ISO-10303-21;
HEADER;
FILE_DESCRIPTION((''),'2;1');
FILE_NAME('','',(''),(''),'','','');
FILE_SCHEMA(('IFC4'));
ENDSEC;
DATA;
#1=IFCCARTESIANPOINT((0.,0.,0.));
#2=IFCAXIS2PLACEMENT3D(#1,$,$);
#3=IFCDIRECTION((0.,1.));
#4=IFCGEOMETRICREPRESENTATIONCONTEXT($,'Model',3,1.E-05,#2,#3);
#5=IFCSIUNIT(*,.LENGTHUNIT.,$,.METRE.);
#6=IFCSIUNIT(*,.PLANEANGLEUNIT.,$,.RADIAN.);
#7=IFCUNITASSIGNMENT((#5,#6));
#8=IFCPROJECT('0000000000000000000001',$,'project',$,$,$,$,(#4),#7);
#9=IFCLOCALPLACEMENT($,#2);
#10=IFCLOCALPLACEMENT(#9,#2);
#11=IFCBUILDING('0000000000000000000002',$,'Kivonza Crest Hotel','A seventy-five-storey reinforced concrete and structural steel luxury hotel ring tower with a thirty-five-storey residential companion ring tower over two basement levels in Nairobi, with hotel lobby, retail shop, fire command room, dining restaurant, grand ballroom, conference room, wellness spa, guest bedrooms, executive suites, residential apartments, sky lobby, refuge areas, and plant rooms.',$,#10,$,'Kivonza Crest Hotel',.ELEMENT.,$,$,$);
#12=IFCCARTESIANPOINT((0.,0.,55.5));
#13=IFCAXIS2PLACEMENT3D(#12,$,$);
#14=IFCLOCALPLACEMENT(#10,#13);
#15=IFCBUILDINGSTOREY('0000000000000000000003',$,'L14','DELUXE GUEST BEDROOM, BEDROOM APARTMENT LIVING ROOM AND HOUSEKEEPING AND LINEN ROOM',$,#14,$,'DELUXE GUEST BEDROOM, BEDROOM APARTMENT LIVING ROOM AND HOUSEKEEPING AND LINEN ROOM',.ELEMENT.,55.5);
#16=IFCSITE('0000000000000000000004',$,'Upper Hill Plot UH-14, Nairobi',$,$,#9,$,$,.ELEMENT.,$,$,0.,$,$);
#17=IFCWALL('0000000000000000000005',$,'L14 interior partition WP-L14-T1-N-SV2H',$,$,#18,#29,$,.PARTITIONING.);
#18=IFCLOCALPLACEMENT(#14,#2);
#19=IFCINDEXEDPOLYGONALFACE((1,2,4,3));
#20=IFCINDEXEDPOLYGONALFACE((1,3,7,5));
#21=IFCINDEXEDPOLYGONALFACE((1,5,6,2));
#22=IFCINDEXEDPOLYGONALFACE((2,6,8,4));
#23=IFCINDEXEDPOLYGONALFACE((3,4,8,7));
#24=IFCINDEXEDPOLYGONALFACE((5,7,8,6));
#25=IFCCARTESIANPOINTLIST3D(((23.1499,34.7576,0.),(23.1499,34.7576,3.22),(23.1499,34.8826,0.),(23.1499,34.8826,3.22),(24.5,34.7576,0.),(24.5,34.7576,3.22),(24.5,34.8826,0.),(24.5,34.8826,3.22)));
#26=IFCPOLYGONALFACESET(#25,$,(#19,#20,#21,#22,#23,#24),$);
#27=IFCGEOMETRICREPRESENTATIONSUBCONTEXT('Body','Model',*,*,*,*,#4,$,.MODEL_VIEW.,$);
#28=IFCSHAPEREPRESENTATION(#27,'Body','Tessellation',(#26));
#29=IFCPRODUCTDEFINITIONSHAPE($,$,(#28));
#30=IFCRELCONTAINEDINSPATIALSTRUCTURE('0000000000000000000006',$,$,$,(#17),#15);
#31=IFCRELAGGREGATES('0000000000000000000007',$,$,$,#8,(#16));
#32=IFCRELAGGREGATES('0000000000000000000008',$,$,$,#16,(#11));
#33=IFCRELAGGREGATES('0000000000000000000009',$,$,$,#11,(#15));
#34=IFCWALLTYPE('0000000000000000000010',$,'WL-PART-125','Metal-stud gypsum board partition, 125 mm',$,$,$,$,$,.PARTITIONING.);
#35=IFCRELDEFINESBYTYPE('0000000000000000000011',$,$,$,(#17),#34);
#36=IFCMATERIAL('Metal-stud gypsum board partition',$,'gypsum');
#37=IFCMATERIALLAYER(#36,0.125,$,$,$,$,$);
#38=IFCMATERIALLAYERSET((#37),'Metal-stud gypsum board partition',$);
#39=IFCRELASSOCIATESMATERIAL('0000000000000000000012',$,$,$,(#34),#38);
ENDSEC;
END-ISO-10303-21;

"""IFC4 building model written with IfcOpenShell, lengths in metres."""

from ifc_helpers import new_model, si_unit, direction, frame, frame_2d, origin, place, context, subcontext, project, spatial, rectangle, extrude, material, layer, layer_set, type_object, element, save


model = new_model("IFC4")

# Units and contexts
model_context = context("Model", 3, precision=1e-05, world=origin(), true_north=direction((0.0, 1.0)))
body_context = subcontext(model_context, "Body", "Model", "MODEL_VIEW")
ifc_project = project(units=[si_unit("LENGTHUNIT", "METRE"), si_unit("PLANEANGLEUNIT", "RADIAN")], contexts=[model_context])

# Site, building, storey
site_placement = place(None, origin())
site = spatial("IfcSite", under=ifc_project, at=site_placement, Name="Upper Hill Plot UH-14, Nairobi", CompositionType="ELEMENT", RefElevation=0.0)
building_placement = place(site_placement, origin())
building = spatial("IfcBuilding", under=site, at=building_placement, Name="Kivonza Crest Hotel", Description="A seventy-five-storey reinforced concrete and structural steel luxury hotel ring tower with a thirty-five-storey residential companion ring tower over two basement levels in Nairobi, with hotel lobby, retail shop, fire command room, dining restaurant, grand ballroom, conference room, wellness spa, guest bedrooms, executive suites, residential apartments, sky lobby, refuge areas, and plant rooms.", LongName="Kivonza Crest Hotel", CompositionType="ELEMENT")
storey_placement = place(building_placement, frame((0.0, 0.0, 55.5)))
storey = spatial("IfcBuildingStorey", under=building, at=storey_placement, Name="L14", Description="DELUXE GUEST BEDROOM, BEDROOM APARTMENT LIVING ROOM AND HOUSEKEEPING AND LINEN ROOM", LongName="DELUXE GUEST BEDROOM, BEDROOM APARTMENT LIVING ROOM AND HOUSEKEEPING AND LINEN ROOM", CompositionType="ELEMENT", Elevation=55.5)

# Wall
ifc_material_1 = material(Name="Metal-stud gypsum board partition", Category="gypsum")
ifc_layer_1 = layer(ifc_material_1, 0.125)
ifc_layer_set_1 = layer_set([ifc_layer_1], Name="Metal-stud gypsum board partition")
wall_type_1 = type_object("IfcWallType", Name="WL-PART-125", Description="Metal-stud gypsum board partition, 125 mm", PredefinedType="PARTITIONING", material=ifc_layer_set_1)
wall_1_placement = place(storey_placement, frame((23.1499, 34.8201, 0.0), z_axis=(0.0, 0.0, 1.0), x_axis=(1.0, 0.0, 0.0)))
element("IfcWall", 1, at=wall_1_placement, inside=storey, type_object=wall_type_1, Name="L14 interior partition WP-L14-T1-N-SV2H", PredefinedType="PARTITIONING", context=body_context, shape_type="SweptSolid", body=[
    extrude(rectangle(XDim=1.3501, YDim=0.125, at=frame_2d((0.675, 0.0))), origin(), (0.0, 0.0, 1.0), 3.22),
])

save(model, "model.ifc")
